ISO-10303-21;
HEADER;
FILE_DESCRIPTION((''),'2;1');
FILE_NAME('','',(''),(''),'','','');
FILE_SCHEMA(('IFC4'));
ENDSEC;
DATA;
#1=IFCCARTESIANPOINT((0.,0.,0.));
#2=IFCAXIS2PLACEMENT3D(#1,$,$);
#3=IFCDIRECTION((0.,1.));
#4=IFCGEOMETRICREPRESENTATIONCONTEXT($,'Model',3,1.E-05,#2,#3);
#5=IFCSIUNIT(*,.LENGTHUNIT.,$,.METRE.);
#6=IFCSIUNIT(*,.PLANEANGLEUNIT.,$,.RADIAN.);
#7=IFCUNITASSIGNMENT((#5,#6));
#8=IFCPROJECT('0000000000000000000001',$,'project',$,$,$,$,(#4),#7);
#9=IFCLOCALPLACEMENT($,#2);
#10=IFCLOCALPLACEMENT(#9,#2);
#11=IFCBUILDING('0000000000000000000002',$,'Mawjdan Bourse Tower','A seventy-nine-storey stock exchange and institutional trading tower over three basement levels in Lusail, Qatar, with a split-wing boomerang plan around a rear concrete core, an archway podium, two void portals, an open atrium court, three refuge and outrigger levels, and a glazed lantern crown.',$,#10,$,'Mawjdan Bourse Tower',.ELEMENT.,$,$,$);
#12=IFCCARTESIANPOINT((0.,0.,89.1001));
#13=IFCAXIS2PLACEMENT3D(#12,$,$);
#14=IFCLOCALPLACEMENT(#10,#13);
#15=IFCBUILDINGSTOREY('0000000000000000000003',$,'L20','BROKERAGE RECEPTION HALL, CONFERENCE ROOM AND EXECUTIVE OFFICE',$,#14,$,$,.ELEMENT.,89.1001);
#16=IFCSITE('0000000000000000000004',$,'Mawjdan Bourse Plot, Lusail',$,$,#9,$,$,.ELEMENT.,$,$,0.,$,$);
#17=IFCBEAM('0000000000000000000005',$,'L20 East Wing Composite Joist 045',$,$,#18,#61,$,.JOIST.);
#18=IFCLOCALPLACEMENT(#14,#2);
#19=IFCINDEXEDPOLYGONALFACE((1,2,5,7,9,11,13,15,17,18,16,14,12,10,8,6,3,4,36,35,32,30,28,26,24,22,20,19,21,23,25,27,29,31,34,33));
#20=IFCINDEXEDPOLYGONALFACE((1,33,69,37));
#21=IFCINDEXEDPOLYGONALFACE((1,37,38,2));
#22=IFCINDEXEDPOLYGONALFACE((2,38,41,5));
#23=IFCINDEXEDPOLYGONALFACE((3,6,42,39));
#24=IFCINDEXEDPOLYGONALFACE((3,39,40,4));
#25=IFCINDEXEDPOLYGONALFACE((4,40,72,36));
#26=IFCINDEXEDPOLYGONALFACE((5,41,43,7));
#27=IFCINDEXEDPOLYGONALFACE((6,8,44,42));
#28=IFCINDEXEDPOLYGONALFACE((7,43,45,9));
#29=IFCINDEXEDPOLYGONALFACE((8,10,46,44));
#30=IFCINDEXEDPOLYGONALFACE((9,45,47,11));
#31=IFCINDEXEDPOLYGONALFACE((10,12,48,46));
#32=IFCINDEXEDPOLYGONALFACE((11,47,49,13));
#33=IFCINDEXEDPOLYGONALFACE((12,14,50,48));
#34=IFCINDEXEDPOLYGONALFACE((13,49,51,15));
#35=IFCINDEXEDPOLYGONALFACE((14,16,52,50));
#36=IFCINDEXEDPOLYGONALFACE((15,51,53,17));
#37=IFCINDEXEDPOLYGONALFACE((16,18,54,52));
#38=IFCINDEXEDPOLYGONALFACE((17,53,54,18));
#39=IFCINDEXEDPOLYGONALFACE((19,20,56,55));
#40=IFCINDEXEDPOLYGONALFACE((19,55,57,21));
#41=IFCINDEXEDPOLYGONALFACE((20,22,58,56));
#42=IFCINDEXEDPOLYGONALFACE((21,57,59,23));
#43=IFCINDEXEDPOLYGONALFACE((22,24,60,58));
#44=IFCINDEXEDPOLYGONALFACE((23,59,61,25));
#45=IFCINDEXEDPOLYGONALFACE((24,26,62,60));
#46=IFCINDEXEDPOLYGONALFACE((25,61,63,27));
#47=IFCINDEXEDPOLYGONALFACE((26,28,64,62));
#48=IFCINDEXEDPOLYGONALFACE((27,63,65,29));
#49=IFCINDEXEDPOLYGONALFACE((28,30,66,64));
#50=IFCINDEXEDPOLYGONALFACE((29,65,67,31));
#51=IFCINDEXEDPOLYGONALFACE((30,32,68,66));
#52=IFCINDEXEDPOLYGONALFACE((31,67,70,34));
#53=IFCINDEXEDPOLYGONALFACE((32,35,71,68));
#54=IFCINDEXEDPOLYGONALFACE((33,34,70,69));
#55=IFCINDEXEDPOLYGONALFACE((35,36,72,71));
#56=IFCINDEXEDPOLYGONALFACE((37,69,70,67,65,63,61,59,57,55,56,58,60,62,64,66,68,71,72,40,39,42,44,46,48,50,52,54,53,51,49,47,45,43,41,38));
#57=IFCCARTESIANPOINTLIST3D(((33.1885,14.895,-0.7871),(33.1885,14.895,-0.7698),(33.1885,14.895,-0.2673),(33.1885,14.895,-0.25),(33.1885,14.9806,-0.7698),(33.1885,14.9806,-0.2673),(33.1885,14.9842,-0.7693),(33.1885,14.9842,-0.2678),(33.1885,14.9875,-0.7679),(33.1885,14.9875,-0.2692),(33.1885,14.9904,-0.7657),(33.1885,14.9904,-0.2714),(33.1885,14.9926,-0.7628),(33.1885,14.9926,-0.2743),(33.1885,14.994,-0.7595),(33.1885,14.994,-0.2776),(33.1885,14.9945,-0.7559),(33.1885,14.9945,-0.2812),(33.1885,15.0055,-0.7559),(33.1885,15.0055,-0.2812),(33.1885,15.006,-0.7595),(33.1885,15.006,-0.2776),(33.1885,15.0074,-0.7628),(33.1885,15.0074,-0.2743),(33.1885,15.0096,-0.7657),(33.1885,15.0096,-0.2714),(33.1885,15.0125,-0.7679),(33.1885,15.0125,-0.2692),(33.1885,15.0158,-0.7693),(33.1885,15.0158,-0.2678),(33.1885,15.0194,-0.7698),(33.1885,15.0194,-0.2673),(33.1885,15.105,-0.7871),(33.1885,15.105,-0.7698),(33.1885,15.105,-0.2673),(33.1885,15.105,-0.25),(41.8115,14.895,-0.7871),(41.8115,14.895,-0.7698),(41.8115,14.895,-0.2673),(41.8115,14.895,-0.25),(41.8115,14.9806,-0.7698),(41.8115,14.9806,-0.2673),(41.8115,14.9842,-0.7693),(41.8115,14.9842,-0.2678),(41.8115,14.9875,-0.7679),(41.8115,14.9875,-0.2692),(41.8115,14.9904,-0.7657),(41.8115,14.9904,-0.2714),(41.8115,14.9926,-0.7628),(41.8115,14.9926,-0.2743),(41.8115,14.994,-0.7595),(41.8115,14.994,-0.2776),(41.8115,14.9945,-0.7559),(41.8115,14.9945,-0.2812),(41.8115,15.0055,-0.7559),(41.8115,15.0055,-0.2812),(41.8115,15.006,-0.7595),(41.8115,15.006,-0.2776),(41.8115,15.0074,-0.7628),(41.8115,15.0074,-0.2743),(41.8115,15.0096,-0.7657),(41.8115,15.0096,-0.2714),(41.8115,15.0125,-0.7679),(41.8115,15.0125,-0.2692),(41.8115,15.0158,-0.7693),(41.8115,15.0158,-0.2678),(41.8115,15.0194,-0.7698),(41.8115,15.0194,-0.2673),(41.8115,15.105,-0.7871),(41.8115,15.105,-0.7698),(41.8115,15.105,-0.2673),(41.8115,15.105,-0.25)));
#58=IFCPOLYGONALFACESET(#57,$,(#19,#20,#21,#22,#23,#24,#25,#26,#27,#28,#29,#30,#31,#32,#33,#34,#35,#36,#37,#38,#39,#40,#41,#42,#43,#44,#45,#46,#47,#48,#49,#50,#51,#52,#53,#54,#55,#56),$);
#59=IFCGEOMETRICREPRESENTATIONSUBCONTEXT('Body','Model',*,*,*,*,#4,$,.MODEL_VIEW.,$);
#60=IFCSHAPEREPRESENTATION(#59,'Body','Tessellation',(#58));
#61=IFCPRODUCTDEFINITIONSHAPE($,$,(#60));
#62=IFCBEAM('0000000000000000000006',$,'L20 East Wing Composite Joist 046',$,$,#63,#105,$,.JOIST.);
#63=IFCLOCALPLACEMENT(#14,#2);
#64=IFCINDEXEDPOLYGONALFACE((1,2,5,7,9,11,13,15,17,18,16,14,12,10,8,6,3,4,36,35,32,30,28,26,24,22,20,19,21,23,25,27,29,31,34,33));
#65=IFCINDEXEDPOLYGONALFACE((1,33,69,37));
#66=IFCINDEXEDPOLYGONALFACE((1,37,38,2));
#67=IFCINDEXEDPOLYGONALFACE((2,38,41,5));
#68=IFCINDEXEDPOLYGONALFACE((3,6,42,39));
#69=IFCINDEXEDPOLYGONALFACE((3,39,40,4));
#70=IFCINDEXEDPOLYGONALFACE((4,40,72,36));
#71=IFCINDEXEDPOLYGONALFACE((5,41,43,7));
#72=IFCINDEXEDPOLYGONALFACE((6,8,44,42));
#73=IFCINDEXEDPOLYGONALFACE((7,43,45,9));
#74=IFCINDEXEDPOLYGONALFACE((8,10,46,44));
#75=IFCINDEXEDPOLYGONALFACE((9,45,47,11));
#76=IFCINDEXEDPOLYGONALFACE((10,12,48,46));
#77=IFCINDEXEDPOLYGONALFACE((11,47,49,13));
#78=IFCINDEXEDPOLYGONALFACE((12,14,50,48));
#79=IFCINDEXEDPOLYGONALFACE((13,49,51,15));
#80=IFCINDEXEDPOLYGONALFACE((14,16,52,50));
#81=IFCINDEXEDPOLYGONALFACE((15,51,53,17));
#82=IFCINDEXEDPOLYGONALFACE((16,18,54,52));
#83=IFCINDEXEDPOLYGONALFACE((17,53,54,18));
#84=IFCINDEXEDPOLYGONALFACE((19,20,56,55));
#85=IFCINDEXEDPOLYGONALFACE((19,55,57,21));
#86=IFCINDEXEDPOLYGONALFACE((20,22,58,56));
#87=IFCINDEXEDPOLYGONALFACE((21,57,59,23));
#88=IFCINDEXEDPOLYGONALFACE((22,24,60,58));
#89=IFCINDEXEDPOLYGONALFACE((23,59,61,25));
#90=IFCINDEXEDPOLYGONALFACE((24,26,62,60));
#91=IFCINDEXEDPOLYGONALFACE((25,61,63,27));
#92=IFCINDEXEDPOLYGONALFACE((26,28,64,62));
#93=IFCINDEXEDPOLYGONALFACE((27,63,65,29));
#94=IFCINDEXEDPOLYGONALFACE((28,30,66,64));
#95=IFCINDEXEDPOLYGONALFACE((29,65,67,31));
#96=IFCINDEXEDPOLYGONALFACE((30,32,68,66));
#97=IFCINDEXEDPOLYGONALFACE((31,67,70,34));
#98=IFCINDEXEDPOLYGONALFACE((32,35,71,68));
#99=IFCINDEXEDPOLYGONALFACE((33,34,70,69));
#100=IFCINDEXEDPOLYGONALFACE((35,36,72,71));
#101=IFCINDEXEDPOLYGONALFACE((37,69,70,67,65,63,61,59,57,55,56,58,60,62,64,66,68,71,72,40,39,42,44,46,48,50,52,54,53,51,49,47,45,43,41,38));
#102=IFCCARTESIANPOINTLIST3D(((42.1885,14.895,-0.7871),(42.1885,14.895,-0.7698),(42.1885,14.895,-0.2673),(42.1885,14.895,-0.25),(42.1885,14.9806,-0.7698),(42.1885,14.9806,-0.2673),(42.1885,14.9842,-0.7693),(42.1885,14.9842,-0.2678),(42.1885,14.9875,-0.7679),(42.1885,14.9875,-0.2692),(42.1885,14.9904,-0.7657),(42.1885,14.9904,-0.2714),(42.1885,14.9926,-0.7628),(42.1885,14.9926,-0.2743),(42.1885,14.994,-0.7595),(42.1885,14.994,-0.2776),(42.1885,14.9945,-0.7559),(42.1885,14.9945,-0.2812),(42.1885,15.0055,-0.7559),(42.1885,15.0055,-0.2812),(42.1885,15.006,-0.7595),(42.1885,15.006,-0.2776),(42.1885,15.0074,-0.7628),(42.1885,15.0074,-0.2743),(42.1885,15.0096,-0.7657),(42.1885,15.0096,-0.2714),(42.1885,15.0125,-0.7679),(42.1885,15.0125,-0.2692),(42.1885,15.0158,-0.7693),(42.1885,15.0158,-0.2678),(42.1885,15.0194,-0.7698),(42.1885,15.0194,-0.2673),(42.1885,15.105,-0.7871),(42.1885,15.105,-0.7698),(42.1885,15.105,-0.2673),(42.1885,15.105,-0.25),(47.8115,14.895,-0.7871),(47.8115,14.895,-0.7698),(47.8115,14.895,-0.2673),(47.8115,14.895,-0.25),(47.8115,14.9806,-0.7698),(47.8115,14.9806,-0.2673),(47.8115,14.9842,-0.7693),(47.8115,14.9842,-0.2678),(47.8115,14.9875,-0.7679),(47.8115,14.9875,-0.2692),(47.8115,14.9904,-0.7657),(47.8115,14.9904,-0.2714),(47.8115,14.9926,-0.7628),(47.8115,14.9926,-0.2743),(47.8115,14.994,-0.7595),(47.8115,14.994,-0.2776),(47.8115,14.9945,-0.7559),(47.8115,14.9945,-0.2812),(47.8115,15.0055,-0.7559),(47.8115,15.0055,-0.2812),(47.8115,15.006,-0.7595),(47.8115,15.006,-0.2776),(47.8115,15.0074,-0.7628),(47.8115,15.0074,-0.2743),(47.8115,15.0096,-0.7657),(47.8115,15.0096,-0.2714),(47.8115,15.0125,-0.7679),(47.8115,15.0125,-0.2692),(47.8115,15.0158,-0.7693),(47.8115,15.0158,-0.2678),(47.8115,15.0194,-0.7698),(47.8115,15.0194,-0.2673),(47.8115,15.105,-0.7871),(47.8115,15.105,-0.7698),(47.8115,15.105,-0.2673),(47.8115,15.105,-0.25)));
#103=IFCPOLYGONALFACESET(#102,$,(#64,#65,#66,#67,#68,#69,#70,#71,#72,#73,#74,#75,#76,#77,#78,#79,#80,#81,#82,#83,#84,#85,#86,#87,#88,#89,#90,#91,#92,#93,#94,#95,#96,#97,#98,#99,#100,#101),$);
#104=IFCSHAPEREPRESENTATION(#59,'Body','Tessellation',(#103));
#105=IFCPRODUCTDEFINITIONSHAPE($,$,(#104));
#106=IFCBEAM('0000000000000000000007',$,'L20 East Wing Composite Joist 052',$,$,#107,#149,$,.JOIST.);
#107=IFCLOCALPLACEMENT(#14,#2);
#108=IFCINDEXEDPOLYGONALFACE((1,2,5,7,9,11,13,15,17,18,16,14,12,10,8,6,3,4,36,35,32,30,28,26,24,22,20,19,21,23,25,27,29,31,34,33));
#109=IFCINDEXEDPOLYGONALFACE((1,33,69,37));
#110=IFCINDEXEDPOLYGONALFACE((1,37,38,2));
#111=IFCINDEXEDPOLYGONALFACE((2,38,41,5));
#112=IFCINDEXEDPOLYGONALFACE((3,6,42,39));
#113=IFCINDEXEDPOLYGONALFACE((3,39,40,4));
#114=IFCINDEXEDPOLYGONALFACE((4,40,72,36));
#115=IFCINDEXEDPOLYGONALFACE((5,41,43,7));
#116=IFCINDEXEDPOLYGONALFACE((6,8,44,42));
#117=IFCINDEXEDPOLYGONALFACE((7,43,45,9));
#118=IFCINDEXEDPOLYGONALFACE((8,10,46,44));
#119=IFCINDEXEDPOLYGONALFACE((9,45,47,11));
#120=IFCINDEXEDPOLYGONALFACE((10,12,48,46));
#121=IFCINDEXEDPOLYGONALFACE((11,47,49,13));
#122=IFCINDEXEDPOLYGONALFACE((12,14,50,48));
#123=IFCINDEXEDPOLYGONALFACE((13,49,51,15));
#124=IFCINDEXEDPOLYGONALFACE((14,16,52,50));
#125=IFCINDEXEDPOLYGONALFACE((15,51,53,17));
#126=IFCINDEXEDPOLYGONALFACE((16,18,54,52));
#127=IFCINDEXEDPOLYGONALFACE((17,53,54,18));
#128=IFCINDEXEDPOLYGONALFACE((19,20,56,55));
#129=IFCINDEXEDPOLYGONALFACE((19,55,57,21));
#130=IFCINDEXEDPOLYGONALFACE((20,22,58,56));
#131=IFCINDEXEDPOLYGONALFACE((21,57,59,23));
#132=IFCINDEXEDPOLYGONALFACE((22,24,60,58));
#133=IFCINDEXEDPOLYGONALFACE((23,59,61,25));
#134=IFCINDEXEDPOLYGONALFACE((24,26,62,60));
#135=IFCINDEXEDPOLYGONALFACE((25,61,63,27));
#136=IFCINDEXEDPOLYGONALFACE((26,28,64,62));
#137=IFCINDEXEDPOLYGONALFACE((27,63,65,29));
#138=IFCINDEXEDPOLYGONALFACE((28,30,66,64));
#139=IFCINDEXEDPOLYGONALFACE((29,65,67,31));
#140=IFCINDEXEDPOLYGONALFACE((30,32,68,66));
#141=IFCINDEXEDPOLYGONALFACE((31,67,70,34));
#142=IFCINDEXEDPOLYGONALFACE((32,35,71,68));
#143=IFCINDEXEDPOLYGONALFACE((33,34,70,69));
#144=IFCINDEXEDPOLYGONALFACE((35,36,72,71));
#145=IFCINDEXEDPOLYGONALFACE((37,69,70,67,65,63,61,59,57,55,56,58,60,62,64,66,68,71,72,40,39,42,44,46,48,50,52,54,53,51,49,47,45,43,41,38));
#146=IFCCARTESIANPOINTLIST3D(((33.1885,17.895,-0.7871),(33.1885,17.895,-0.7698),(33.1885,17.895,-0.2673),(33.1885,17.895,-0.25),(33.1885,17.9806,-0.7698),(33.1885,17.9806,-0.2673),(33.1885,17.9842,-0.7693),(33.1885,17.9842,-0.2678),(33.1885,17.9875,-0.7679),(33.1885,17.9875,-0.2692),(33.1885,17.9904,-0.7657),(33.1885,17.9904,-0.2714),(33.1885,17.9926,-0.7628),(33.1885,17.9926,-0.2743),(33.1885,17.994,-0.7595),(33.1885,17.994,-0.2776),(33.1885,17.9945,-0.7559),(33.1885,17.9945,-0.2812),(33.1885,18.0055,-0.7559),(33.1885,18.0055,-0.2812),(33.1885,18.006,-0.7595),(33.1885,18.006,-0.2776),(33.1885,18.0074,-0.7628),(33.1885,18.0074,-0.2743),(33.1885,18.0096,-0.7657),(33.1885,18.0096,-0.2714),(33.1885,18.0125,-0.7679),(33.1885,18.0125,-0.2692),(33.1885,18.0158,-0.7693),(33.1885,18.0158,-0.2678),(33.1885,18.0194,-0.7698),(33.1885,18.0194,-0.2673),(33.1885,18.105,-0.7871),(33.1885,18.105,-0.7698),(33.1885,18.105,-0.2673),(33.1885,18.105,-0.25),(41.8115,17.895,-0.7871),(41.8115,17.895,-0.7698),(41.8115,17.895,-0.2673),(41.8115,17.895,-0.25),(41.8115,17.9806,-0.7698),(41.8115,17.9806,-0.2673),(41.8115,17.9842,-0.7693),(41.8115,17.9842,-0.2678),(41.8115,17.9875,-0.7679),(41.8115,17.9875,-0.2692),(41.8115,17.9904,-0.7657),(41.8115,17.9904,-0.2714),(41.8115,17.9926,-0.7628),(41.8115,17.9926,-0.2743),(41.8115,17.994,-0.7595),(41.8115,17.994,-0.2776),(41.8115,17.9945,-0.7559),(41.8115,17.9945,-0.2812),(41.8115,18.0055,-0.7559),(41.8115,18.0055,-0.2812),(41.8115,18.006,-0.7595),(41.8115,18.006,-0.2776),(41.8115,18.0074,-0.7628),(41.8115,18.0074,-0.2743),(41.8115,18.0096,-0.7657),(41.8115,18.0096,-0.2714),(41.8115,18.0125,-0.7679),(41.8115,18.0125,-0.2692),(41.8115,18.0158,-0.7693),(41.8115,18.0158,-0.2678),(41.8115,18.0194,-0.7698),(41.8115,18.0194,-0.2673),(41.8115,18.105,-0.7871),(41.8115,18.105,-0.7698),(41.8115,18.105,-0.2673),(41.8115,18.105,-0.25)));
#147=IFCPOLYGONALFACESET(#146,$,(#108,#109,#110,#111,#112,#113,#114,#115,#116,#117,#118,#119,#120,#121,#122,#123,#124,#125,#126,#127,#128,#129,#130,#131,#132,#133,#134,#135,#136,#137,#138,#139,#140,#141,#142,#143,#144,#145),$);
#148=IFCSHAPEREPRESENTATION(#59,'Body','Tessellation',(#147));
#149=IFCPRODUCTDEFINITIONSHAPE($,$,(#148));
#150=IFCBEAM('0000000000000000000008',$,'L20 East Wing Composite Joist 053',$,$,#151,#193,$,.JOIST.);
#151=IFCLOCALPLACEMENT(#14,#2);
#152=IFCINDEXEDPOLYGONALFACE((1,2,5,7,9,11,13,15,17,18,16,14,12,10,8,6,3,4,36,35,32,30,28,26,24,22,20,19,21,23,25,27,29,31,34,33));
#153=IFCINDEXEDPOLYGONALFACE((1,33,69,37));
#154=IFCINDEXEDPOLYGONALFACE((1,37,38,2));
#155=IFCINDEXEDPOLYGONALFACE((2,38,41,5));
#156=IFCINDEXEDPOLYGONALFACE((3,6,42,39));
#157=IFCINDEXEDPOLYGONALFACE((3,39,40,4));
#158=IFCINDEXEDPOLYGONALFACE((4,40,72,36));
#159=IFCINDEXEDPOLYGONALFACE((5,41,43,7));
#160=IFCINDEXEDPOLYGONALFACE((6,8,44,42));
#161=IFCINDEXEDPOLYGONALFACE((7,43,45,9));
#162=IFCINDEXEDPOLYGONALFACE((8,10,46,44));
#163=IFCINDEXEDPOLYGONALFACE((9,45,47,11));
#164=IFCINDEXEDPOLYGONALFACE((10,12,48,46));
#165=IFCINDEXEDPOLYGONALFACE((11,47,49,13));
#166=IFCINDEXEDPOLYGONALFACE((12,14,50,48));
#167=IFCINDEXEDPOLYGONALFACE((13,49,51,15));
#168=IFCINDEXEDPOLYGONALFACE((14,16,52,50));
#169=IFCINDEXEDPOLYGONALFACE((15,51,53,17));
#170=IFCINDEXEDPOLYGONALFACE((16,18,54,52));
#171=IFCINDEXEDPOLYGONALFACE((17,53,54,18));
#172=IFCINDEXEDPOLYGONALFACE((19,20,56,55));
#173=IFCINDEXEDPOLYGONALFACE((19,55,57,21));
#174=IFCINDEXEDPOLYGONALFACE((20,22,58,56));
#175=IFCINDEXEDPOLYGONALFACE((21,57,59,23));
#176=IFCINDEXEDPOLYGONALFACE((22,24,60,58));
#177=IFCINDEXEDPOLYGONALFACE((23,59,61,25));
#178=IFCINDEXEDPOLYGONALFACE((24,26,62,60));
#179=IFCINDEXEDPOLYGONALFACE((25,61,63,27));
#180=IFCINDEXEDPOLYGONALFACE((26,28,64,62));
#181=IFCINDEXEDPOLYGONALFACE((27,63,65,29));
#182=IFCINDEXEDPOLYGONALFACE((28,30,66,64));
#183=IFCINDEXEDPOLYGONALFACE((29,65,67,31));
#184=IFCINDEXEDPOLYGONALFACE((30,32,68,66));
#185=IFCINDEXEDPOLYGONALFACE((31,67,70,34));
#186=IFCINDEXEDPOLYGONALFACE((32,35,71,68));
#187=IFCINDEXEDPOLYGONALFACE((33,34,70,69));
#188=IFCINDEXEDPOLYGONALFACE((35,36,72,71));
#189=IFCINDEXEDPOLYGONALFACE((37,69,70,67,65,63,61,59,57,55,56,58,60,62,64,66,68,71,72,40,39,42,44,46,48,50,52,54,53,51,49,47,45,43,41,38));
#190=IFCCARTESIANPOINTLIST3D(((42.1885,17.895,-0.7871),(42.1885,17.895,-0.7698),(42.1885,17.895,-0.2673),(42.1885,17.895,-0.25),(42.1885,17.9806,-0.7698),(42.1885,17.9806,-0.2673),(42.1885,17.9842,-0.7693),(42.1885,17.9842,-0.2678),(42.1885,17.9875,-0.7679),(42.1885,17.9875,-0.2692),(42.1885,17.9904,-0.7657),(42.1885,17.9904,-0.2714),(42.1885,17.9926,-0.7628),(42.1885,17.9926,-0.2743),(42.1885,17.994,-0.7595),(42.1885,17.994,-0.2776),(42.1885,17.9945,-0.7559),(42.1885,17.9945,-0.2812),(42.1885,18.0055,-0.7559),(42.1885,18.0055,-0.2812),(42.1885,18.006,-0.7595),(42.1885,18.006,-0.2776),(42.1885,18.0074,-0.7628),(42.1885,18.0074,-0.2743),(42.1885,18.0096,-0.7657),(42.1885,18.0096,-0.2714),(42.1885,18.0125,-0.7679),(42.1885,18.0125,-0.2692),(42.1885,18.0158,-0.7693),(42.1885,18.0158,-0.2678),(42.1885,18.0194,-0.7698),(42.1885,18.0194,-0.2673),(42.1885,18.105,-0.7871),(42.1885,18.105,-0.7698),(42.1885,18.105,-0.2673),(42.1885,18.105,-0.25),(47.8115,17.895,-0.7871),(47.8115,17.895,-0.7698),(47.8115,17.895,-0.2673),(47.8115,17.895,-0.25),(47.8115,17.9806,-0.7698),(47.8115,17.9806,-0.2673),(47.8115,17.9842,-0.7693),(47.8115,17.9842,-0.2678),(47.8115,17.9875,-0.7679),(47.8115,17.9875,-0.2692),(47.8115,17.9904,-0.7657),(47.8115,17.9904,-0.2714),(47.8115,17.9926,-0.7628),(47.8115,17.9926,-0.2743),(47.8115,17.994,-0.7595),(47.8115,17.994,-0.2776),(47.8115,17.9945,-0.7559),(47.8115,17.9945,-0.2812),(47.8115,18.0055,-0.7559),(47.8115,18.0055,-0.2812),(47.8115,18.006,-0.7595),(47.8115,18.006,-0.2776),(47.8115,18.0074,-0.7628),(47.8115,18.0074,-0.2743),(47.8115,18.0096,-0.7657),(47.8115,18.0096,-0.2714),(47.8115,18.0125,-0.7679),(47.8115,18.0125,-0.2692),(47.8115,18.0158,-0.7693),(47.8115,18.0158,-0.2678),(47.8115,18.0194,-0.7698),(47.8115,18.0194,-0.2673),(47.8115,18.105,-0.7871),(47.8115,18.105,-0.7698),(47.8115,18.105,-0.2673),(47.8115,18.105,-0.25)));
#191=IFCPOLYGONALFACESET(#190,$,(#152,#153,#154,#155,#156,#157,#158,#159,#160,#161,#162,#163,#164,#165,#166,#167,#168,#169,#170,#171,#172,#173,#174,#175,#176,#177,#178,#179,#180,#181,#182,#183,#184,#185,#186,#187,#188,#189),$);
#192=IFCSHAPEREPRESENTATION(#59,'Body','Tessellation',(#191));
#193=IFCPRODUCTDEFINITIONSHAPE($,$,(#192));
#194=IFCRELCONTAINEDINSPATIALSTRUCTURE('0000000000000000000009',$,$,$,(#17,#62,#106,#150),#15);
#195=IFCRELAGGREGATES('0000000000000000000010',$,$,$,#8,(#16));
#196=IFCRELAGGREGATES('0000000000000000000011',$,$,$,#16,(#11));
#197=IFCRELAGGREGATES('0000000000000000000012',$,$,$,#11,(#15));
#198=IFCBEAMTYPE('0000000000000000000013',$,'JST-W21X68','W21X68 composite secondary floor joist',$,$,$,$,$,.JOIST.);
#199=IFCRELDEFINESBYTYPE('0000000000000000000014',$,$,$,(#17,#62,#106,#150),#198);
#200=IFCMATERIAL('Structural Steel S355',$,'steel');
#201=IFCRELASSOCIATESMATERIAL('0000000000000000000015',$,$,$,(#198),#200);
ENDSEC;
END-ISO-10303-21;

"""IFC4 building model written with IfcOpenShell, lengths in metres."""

from ifc_helpers import new_model, si_unit, direction, frame, origin, origin_2d, place, context, subcontext, project, spatial, i_section, extrude, material, material_profile, profile_set, type_object, element, save


model = new_model("IFC4")

# Units and contexts
model_context = context("Model", 3, precision=1e-05, world=origin(), true_north=direction((0.0, 1.0)))
body_context = subcontext(model_context, "Body", "Model", "MODEL_VIEW")
ifc_project = project(units=[si_unit("LENGTHUNIT", "METRE"), si_unit("PLANEANGLEUNIT", "RADIAN")], contexts=[model_context])

# Site, building, storey
site_placement = place(None, origin())
site = spatial("IfcSite", under=ifc_project, at=site_placement, Name="Mawjdan Bourse Plot, Lusail", CompositionType="ELEMENT", RefElevation=0.0)
building_placement = place(site_placement, origin())
building = spatial("IfcBuilding", under=site, at=building_placement, Name="Mawjdan Bourse Tower", Description="A seventy-nine-storey stock exchange and institutional trading tower over three basement levels in Lusail, Qatar, with a split-wing boomerang plan around a rear concrete core, an archway podium, two void portals, an open atrium court, three refuge and outrigger levels, and a glazed lantern crown.", LongName="Mawjdan Bourse Tower", CompositionType="ELEMENT")
storey_placement = place(building_placement, frame((0.0, 0.0, 89.1001)))
storey = spatial("IfcBuildingStorey", under=building, at=storey_placement, Name="L20", Description="BROKERAGE RECEPTION HALL, CONFERENCE ROOM AND EXECUTIVE OFFICE", CompositionType="ELEMENT", Elevation=89.1001)

# Beams
ifc_material_1 = material(Name="Structural Steel S355", Category="steel")
ifc_material_profile_1 = material_profile(ifc_material_1, i_section(OverallWidth=0.21, OverallDepth=0.5371, WebThickness=0.011, FlangeThickness=0.0173, FilletRadius=0.0139, at=origin_2d()), Name="W21X68")
ifc_profile_set_1 = profile_set([ifc_material_profile_1], Name="Structural Steel S355")
beam_type_1 = type_object("IfcBeamType", Name="JST-W21X68", Description="W21X68 composite secondary floor joist", PredefinedType="JOIST", material=ifc_profile_set_1)
beam_1_placement = place(storey_placement, frame((33.1885, 15.0, -0.5186), z_axis=(1.0, 0.0, 0.0), x_axis=(0.0, 1.0, 0.0)))
element("IfcBeam", 1, at=beam_1_placement, inside=storey, type_object=beam_type_1, Name="L20 East Wing Composite Joist 045", PredefinedType="JOIST", context=body_context, shape_type="SweptSolid", body=[
    extrude(i_section(OverallWidth=0.21, OverallDepth=0.5371, WebThickness=0.011, FlangeThickness=0.0173, FilletRadius=0.0139, at=origin_2d()), origin(), (0.0, 0.0, 1.0), 8.623),
])
beam_2_placement = place(storey_placement, frame((42.1885, 15.0, -0.5186), z_axis=(1.0, 0.0, 0.0), x_axis=(0.0, 1.0, 0.0)))
element("IfcBeam", 2, at=beam_2_placement, inside=storey, type_object=beam_type_1, Name="L20 East Wing Composite Joist 046", PredefinedType="JOIST", context=body_context, shape_type="SweptSolid", body=[
    extrude(i_section(OverallWidth=0.21, OverallDepth=0.5371, WebThickness=0.011, FlangeThickness=0.0173, FilletRadius=0.0139, at=origin_2d()), origin(), (0.0, 0.0, 1.0), 5.623),
])
beam_3_placement = place(storey_placement, frame((33.1885, 18.0, -0.5186), z_axis=(1.0, 0.0, 0.0), x_axis=(0.0, 1.0, 0.0)))
element("IfcBeam", 3, at=beam_3_placement, inside=storey, type_object=beam_type_1, Name="L20 East Wing Composite Joist 052", PredefinedType="JOIST", context=body_context, shape_type="SweptSolid", body=[
    extrude(i_section(OverallWidth=0.21, OverallDepth=0.5371, WebThickness=0.011, FlangeThickness=0.0173, FilletRadius=0.0139, at=origin_2d()), origin(), (0.0, 0.0, 1.0), 8.623),
])
beam_4_placement = place(storey_placement, frame((42.1885, 18.0, -0.5186), z_axis=(1.0, 0.0, 0.0), x_axis=(0.0, 1.0, 0.0)))
element("IfcBeam", 4, at=beam_4_placement, inside=storey, type_object=beam_type_1, Name="L20 East Wing Composite Joist 053", PredefinedType="JOIST", context=body_context, shape_type="SweptSolid", body=[
    extrude(i_section(OverallWidth=0.21, OverallDepth=0.5371, WebThickness=0.011, FlangeThickness=0.0173, FilletRadius=0.0139, at=origin_2d()), origin(), (0.0, 0.0, 1.0), 5.623),
])

save(model, "model.ifc")
